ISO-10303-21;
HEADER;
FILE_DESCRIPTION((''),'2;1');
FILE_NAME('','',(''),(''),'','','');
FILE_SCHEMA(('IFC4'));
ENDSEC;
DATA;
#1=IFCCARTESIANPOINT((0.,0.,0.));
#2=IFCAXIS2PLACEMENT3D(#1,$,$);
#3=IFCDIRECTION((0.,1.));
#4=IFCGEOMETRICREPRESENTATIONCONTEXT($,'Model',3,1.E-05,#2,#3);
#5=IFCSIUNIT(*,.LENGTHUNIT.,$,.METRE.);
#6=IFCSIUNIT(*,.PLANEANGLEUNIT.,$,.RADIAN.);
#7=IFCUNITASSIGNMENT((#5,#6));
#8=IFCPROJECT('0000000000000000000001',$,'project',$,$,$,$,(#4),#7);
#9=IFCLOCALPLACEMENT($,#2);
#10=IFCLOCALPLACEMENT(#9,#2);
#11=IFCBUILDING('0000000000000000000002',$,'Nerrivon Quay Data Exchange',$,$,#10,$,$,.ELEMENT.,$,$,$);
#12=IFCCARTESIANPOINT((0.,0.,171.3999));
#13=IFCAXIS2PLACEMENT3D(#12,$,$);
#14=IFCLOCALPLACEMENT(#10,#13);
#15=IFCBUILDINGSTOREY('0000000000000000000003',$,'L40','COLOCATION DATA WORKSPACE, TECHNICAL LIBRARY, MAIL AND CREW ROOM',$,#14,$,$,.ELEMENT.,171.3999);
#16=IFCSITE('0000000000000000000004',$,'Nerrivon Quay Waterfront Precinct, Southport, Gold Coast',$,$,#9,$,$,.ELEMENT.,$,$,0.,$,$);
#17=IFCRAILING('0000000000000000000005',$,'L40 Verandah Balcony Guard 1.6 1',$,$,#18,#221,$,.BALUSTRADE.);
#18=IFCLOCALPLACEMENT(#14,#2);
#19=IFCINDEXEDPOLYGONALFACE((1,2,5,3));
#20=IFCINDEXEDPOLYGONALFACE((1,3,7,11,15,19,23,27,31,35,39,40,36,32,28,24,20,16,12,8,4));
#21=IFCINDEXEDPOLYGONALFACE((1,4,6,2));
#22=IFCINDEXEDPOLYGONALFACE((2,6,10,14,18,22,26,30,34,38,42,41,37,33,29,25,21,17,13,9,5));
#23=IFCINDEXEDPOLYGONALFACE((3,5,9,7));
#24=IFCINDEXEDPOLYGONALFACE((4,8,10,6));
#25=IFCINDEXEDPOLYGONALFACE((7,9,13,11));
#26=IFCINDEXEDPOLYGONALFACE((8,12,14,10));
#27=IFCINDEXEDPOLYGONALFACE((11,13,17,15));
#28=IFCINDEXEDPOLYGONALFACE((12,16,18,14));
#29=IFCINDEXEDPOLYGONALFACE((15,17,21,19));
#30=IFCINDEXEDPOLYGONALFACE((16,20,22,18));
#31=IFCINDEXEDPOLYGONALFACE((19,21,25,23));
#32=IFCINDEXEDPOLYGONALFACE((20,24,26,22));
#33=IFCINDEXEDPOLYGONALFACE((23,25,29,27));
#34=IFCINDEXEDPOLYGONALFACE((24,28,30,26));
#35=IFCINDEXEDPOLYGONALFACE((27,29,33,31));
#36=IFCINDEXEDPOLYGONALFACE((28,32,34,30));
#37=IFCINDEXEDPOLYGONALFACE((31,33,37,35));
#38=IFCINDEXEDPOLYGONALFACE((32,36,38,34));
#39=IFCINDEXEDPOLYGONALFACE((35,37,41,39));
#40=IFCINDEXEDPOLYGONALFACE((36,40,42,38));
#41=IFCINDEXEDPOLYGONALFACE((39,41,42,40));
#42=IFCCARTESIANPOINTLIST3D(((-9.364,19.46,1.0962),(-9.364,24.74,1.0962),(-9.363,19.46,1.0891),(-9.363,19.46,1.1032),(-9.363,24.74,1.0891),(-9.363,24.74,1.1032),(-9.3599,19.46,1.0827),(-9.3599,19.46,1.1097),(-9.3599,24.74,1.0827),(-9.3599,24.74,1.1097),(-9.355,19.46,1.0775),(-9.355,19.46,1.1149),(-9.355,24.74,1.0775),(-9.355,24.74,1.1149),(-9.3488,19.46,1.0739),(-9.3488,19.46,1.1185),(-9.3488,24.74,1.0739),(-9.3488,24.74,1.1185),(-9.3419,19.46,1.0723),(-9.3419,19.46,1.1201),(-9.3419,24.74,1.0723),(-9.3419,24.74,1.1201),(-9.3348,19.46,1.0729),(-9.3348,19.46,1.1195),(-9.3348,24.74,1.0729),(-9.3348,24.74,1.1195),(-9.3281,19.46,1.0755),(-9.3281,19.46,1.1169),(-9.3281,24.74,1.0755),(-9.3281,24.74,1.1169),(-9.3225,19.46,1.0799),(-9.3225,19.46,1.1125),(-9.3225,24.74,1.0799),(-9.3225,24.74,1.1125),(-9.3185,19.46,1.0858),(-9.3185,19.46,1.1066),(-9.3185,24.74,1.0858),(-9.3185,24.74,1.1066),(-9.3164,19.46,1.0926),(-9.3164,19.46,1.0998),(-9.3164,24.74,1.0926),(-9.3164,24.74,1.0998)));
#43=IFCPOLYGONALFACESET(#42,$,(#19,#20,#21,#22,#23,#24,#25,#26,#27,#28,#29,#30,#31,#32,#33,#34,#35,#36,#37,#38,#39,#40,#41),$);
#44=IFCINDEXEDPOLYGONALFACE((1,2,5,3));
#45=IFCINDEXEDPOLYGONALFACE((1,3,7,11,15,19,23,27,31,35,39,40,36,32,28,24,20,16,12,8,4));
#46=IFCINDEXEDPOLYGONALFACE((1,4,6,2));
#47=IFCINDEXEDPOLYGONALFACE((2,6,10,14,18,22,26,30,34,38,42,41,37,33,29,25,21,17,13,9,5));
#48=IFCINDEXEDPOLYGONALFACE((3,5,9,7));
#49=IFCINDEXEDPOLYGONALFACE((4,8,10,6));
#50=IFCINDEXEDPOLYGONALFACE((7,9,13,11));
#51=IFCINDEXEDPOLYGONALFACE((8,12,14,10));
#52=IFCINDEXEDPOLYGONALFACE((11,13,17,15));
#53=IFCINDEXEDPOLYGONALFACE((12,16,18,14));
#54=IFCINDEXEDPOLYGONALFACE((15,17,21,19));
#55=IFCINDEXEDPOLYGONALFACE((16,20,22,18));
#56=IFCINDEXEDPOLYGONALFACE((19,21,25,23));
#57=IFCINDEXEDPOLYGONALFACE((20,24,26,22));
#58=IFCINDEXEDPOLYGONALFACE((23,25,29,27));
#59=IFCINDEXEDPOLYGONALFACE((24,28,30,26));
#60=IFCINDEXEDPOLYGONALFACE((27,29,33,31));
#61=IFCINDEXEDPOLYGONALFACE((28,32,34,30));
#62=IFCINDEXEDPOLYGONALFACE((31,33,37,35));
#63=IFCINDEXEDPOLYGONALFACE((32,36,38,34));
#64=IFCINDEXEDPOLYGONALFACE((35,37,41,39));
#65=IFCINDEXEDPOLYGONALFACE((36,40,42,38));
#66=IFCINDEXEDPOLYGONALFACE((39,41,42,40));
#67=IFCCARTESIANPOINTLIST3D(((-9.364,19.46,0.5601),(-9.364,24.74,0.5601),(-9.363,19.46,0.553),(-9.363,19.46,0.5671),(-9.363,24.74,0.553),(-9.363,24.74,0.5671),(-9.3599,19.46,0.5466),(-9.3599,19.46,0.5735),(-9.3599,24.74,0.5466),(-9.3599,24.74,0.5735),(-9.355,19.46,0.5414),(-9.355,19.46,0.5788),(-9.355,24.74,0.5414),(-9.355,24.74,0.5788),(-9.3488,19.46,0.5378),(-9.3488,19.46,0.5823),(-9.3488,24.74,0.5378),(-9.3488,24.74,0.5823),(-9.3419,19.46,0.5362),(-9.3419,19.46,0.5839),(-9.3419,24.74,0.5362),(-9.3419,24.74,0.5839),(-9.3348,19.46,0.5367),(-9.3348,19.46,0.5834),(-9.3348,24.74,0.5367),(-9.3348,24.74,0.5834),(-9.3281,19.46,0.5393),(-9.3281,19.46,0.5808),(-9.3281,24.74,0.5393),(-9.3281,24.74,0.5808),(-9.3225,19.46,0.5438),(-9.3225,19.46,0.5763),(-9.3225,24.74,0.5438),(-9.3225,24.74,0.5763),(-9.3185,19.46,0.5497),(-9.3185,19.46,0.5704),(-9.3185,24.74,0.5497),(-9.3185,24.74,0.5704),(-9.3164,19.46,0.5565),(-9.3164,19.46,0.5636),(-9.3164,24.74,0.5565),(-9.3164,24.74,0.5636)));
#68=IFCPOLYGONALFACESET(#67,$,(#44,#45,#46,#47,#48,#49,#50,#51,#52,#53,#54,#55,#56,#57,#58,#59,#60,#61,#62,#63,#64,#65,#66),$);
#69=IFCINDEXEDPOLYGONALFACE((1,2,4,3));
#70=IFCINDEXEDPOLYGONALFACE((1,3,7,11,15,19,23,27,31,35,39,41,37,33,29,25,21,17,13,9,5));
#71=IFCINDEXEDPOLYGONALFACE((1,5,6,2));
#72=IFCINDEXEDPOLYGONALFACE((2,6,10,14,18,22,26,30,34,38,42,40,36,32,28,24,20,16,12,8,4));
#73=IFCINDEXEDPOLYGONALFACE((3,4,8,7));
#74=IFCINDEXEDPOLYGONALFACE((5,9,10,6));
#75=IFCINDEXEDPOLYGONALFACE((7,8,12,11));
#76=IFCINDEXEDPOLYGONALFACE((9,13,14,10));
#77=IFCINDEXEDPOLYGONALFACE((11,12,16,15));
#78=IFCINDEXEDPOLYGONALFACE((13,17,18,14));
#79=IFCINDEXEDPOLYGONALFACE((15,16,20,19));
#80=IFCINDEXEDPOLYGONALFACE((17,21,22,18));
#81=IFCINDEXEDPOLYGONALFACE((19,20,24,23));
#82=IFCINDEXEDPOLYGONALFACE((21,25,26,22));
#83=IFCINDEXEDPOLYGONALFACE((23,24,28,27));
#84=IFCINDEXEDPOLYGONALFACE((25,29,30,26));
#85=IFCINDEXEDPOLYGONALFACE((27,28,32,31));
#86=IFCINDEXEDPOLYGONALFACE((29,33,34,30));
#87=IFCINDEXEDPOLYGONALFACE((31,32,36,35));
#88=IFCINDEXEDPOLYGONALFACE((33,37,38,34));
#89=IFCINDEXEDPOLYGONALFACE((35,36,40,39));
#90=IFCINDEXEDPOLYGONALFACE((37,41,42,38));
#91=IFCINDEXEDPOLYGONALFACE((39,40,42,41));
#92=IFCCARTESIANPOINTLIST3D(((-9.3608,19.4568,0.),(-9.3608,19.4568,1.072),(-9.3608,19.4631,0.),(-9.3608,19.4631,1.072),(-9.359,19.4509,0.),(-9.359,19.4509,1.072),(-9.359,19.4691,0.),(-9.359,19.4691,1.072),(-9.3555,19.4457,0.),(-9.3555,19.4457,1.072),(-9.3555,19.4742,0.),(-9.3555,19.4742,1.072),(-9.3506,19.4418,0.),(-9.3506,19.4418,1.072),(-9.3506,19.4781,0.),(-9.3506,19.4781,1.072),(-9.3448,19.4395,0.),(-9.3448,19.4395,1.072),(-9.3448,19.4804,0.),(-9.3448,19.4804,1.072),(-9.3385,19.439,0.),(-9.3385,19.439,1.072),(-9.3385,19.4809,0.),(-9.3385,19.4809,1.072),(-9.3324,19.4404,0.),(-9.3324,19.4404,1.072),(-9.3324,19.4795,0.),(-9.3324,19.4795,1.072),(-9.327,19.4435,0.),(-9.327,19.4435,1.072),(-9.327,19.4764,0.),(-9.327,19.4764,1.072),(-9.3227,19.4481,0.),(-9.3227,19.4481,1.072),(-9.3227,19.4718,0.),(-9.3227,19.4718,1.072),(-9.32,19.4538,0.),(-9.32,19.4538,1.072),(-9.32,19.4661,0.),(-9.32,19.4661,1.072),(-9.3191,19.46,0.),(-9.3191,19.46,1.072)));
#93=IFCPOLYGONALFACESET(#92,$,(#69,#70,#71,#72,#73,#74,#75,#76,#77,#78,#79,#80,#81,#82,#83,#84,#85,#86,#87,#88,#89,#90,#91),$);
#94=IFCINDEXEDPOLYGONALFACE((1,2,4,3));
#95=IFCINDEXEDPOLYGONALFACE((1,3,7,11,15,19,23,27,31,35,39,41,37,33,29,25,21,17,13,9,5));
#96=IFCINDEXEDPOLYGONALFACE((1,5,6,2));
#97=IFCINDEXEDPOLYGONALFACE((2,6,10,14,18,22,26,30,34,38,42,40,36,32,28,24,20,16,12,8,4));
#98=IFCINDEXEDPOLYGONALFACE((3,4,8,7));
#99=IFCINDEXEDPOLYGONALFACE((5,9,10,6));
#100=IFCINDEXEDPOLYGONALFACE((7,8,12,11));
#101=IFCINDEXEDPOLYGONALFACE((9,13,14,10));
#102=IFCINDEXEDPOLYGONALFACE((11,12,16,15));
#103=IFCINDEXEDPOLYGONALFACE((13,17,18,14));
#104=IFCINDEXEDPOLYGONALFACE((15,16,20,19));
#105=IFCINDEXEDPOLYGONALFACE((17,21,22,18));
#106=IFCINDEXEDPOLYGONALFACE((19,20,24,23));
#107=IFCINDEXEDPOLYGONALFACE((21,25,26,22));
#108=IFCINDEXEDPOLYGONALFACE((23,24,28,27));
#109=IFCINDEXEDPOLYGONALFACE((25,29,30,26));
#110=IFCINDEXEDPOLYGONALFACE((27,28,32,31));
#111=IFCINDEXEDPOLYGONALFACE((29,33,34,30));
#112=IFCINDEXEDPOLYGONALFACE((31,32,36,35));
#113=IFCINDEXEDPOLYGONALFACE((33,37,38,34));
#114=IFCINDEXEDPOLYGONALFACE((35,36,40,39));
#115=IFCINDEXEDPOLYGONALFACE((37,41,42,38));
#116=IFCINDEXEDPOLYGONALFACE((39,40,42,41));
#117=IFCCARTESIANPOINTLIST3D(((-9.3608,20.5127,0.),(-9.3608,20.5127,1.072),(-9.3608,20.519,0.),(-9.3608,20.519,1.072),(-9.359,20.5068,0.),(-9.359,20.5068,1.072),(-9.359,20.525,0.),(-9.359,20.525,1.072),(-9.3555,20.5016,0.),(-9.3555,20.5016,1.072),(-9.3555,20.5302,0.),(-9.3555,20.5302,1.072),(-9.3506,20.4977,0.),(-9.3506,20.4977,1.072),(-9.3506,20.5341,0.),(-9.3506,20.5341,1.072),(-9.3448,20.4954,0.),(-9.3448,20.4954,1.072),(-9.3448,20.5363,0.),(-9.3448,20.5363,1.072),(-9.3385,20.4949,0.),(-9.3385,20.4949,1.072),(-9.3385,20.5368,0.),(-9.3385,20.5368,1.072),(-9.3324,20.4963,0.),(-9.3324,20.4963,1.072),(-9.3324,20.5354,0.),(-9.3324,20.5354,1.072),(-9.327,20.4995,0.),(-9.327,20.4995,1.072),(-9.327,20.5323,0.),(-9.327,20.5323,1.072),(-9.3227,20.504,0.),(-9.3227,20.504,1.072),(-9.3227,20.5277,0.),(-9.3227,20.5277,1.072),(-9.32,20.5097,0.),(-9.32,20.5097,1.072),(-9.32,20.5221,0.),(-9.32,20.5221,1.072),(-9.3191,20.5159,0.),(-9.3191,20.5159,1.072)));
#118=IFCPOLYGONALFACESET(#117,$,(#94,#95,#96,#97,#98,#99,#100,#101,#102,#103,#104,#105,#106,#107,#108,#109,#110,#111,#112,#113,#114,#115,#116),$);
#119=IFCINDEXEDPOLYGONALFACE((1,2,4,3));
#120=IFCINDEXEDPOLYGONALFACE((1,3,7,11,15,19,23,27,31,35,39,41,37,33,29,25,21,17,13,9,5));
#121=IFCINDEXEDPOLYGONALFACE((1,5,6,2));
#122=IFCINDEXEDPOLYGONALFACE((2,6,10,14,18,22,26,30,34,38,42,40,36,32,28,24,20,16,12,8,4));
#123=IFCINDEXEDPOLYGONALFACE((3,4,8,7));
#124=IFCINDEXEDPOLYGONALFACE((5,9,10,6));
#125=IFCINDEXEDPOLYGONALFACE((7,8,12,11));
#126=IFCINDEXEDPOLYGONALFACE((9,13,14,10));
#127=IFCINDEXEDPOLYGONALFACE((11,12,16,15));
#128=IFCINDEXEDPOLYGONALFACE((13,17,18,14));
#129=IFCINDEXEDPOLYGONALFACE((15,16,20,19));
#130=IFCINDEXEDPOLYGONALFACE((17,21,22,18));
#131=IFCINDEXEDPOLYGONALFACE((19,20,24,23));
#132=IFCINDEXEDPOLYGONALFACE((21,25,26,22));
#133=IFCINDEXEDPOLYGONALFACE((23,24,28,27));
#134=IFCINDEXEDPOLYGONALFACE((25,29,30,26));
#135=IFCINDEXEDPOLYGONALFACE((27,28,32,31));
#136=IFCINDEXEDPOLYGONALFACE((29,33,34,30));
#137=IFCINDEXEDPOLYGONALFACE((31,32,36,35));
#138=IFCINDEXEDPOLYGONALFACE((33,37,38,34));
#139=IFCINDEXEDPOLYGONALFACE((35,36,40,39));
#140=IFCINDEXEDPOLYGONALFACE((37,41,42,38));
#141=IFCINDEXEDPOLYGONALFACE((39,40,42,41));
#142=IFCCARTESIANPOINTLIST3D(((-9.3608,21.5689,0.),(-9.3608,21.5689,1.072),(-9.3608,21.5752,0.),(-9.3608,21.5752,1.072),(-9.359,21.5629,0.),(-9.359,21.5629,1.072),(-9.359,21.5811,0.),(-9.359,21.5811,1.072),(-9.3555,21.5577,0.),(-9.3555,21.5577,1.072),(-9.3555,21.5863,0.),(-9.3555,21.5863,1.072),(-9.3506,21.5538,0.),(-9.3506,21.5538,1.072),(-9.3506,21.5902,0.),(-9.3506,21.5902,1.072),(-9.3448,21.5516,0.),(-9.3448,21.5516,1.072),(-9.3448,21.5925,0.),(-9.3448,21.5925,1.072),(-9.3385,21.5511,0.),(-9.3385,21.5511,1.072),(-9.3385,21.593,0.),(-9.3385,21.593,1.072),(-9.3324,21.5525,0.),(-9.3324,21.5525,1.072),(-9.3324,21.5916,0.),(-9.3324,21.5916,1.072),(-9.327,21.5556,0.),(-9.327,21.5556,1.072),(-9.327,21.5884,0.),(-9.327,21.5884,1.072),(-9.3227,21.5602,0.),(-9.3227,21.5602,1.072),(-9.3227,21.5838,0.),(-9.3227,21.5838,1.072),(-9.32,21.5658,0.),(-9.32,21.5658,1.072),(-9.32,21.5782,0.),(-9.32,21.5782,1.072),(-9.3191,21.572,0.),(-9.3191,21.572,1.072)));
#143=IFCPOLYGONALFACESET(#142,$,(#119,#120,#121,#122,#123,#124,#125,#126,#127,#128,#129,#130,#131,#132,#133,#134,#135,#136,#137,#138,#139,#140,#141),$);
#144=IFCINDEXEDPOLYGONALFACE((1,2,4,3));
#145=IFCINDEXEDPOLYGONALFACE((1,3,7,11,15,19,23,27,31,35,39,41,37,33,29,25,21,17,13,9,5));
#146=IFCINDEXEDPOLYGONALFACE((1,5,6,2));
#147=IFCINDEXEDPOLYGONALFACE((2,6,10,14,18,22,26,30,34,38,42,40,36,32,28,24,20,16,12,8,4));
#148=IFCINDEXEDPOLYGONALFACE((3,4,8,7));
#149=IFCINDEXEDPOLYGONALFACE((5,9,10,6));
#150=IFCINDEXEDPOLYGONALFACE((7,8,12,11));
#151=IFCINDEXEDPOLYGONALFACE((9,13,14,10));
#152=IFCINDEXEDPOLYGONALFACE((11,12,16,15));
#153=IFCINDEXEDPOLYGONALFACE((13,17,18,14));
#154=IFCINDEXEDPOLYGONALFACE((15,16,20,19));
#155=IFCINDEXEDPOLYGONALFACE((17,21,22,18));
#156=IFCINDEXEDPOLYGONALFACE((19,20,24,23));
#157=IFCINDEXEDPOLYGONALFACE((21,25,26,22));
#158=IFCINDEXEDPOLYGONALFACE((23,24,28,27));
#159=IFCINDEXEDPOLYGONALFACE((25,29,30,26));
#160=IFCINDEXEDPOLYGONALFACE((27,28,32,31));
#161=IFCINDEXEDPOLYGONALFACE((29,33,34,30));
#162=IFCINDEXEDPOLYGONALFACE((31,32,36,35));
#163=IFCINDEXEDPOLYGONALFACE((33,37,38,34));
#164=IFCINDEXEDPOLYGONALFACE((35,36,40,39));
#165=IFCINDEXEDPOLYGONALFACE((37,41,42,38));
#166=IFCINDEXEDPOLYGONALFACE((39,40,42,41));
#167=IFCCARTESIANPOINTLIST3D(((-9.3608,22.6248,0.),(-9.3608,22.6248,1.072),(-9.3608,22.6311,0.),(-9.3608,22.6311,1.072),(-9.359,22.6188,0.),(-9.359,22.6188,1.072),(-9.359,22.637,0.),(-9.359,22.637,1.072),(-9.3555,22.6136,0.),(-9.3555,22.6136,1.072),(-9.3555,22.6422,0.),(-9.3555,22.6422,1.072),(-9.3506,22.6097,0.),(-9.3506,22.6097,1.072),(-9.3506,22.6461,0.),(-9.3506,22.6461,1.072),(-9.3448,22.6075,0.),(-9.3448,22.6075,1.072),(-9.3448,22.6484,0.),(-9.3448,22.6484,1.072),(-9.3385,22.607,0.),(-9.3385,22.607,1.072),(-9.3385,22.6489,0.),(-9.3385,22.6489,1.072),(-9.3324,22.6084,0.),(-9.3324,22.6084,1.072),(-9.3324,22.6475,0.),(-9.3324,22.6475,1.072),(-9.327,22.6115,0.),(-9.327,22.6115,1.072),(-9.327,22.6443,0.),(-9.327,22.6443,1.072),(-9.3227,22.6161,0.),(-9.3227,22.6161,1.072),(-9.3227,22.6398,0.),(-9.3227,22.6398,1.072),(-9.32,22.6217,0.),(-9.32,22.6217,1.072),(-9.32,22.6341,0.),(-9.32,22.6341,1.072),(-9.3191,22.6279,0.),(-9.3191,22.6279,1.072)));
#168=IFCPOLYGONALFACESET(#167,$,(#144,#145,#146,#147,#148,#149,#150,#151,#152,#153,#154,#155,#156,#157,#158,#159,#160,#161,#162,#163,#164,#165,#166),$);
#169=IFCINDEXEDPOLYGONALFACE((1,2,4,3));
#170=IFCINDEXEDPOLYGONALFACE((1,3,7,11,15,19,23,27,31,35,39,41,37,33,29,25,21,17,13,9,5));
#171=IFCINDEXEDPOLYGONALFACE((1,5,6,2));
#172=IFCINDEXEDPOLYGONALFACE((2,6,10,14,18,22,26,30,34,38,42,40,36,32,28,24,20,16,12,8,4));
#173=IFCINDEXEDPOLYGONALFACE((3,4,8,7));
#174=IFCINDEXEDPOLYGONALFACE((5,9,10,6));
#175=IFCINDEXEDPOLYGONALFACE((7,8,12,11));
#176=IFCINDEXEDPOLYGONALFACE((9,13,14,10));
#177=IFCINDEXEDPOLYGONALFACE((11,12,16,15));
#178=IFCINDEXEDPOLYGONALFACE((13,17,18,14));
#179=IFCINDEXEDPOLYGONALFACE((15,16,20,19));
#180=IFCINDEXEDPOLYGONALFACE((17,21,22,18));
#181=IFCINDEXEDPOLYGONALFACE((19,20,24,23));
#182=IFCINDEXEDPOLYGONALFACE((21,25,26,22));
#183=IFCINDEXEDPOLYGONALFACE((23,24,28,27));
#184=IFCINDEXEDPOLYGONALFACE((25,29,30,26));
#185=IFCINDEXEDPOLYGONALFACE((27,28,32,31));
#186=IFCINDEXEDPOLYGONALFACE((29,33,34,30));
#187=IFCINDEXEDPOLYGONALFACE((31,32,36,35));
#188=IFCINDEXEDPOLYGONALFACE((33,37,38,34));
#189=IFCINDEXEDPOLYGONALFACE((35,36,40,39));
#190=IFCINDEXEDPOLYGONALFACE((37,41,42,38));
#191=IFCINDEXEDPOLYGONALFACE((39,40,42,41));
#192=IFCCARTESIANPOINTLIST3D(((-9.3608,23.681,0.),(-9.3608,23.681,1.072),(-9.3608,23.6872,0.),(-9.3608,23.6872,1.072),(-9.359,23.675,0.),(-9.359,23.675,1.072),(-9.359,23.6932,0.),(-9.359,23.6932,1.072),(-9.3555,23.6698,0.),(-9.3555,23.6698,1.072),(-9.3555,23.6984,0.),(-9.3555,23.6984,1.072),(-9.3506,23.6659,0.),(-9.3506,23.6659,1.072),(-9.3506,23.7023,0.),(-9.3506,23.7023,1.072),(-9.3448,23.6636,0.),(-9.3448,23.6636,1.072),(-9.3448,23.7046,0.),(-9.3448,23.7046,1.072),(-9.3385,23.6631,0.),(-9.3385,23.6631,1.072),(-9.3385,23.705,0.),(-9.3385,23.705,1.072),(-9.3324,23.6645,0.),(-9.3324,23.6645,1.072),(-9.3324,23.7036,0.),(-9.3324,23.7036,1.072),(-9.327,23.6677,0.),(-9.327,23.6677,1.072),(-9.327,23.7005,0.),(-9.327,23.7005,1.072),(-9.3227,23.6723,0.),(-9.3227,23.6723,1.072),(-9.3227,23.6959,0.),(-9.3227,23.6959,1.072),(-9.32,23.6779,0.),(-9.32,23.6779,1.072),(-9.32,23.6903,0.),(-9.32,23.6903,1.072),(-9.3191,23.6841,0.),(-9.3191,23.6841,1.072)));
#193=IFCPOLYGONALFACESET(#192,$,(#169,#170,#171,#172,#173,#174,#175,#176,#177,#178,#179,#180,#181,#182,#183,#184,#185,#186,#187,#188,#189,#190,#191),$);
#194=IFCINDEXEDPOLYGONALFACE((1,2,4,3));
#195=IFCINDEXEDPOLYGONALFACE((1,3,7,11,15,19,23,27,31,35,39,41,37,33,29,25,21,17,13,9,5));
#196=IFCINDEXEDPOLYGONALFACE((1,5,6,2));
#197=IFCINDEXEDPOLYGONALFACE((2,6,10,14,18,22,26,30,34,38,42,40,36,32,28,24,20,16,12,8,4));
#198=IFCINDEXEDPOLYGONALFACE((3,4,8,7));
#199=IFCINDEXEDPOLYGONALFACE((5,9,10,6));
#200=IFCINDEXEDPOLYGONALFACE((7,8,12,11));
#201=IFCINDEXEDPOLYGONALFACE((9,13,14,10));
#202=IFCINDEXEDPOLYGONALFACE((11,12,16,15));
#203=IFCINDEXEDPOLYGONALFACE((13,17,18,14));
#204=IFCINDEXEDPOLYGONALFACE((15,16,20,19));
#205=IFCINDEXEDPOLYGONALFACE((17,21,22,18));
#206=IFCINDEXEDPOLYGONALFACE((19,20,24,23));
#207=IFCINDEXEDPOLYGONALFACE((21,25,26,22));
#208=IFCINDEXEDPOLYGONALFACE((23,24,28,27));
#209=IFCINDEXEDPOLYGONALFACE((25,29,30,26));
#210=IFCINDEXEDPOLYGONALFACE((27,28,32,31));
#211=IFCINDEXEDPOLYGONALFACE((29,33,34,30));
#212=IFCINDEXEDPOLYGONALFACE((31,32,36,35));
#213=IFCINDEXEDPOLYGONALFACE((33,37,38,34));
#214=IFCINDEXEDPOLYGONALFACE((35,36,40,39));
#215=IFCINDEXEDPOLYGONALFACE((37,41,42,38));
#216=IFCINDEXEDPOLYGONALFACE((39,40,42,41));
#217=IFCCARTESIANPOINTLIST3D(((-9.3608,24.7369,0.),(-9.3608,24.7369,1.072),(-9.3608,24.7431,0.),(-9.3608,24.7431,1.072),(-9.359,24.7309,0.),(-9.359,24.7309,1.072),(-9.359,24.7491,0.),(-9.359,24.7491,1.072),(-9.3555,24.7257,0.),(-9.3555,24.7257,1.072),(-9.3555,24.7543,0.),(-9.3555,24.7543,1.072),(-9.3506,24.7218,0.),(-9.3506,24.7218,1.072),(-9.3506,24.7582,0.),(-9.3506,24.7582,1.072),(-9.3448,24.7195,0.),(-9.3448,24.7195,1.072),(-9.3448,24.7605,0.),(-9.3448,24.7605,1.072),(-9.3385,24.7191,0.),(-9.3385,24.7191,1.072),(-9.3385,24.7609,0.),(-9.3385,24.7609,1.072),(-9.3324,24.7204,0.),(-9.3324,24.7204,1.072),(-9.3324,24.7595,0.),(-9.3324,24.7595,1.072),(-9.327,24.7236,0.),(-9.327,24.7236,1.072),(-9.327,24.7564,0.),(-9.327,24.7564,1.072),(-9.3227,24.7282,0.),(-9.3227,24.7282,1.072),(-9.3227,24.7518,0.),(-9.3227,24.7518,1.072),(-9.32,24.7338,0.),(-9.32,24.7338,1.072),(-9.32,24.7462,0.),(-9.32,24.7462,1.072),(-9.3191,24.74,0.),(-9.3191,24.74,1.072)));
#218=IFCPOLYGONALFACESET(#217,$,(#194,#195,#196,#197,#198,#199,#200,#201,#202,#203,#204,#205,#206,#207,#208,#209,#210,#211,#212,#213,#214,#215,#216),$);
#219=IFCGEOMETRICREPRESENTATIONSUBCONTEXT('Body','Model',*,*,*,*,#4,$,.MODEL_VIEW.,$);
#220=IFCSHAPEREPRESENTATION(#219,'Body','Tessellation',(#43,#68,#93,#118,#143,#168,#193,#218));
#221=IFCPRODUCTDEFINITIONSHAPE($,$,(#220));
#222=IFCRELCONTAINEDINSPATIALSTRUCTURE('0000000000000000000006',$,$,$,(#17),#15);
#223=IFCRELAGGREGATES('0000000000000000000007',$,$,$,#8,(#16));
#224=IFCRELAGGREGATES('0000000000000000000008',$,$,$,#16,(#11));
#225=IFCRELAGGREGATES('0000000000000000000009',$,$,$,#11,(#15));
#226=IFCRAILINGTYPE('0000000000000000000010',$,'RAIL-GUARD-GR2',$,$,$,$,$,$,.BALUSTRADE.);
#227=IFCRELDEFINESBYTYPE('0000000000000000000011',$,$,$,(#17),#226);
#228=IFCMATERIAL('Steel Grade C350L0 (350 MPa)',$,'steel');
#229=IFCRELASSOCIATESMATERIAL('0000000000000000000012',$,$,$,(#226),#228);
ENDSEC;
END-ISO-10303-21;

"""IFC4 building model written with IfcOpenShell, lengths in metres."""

from ifc_helpers import new_model, si_unit, direction, frame, origin, origin_2d, place, context, subcontext, project, spatial, circle, extrude, material, type_object, element, save


model = new_model("IFC4")

# Units and contexts
model_context = context("Model", 3, precision=1e-05, world=origin(), true_north=direction((0.0, 1.0)))
body_context = subcontext(model_context, "Body", "Model", "MODEL_VIEW")
ifc_project = project(units=[si_unit("LENGTHUNIT", "METRE"), si_unit("PLANEANGLEUNIT", "RADIAN")], contexts=[model_context])

# Site, building, storey
site_placement = place(None, origin())
site = spatial("IfcSite", under=ifc_project, at=site_placement, Name="Nerrivon Quay Waterfront Precinct, Southport, Gold Coast", CompositionType="ELEMENT", RefElevation=0.0)
building_placement = place(site_placement, origin())
building = spatial("IfcBuilding", under=site, at=building_placement, Name="Nerrivon Quay Data Exchange", CompositionType="ELEMENT")
storey_placement = place(building_placement, frame((0.0, 0.0, 171.3999)))
storey = spatial("IfcBuildingStorey", under=building, at=storey_placement, Name="L40", Description="COLOCATION DATA WORKSPACE, TECHNICAL LIBRARY, MAIL AND CREW ROOM", CompositionType="ELEMENT", Elevation=171.3999)

# Shared definitions
ifc_material_1 = material(Name="Steel Grade C350L0 (350 MPa)", Category="steel")

# Railing
railing_type = type_object("IfcRailingType", Name="RAIL-GUARD-GR2", PredefinedType="BALUSTRADE", material=ifc_material_1)
railing_1_placement = place(storey_placement, frame((-9.3401, 19.46, 0.0)))
element("IfcRailing", 1, at=railing_1_placement, inside=storey, type_object=railing_type, Name="L40 Verandah Balcony Guard 1.6 1", PredefinedType="BALUSTRADE", context=body_context, shape_type="SweptSolid", body=[
    extrude(circle(Radius=0.0239, at=origin_2d()), frame((0.0, 0.0, 1.0962), z_axis=(0.0, 1.0, 0.0), x_axis=(-1.0, 0.0, 0.0)), (0.0, 0.0, 1.0), 5.28),
    extrude(circle(Radius=0.0239, at=origin_2d()), frame((0.0, 0.0, 0.5601), z_axis=(0.0, 1.0, 0.0), x_axis=(-1.0, 0.0, 0.0)), (0.0, 0.0, 1.0), 5.28),
    extrude(circle(Radius=0.021, at=origin_2d()), origin(), (0.0, 0.0, 1.0), 1.072),
    extrude(circle(Radius=0.021, at=origin_2d()), frame((0.0, 1.0559, 0.0)), (0.0, 0.0, 1.0), 1.072),
    extrude(circle(Radius=0.021, at=origin_2d()), frame((0.0, 2.1121, 0.0)), (0.0, 0.0, 1.0), 1.072),
    extrude(circle(Radius=0.021, at=origin_2d()), frame((0.0, 3.168, 0.0)), (0.0, 0.0, 1.0), 1.072),
    extrude(circle(Radius=0.021, at=origin_2d()), frame((0.0, 4.2241, 0.0)), (0.0, 0.0, 1.0), 1.072),
    extrude(circle(Radius=0.021, at=origin_2d()), frame((0.0, 5.28, 0.0)), (0.0, 0.0, 1.0), 1.072),
])

save(model, "model.ifc")
